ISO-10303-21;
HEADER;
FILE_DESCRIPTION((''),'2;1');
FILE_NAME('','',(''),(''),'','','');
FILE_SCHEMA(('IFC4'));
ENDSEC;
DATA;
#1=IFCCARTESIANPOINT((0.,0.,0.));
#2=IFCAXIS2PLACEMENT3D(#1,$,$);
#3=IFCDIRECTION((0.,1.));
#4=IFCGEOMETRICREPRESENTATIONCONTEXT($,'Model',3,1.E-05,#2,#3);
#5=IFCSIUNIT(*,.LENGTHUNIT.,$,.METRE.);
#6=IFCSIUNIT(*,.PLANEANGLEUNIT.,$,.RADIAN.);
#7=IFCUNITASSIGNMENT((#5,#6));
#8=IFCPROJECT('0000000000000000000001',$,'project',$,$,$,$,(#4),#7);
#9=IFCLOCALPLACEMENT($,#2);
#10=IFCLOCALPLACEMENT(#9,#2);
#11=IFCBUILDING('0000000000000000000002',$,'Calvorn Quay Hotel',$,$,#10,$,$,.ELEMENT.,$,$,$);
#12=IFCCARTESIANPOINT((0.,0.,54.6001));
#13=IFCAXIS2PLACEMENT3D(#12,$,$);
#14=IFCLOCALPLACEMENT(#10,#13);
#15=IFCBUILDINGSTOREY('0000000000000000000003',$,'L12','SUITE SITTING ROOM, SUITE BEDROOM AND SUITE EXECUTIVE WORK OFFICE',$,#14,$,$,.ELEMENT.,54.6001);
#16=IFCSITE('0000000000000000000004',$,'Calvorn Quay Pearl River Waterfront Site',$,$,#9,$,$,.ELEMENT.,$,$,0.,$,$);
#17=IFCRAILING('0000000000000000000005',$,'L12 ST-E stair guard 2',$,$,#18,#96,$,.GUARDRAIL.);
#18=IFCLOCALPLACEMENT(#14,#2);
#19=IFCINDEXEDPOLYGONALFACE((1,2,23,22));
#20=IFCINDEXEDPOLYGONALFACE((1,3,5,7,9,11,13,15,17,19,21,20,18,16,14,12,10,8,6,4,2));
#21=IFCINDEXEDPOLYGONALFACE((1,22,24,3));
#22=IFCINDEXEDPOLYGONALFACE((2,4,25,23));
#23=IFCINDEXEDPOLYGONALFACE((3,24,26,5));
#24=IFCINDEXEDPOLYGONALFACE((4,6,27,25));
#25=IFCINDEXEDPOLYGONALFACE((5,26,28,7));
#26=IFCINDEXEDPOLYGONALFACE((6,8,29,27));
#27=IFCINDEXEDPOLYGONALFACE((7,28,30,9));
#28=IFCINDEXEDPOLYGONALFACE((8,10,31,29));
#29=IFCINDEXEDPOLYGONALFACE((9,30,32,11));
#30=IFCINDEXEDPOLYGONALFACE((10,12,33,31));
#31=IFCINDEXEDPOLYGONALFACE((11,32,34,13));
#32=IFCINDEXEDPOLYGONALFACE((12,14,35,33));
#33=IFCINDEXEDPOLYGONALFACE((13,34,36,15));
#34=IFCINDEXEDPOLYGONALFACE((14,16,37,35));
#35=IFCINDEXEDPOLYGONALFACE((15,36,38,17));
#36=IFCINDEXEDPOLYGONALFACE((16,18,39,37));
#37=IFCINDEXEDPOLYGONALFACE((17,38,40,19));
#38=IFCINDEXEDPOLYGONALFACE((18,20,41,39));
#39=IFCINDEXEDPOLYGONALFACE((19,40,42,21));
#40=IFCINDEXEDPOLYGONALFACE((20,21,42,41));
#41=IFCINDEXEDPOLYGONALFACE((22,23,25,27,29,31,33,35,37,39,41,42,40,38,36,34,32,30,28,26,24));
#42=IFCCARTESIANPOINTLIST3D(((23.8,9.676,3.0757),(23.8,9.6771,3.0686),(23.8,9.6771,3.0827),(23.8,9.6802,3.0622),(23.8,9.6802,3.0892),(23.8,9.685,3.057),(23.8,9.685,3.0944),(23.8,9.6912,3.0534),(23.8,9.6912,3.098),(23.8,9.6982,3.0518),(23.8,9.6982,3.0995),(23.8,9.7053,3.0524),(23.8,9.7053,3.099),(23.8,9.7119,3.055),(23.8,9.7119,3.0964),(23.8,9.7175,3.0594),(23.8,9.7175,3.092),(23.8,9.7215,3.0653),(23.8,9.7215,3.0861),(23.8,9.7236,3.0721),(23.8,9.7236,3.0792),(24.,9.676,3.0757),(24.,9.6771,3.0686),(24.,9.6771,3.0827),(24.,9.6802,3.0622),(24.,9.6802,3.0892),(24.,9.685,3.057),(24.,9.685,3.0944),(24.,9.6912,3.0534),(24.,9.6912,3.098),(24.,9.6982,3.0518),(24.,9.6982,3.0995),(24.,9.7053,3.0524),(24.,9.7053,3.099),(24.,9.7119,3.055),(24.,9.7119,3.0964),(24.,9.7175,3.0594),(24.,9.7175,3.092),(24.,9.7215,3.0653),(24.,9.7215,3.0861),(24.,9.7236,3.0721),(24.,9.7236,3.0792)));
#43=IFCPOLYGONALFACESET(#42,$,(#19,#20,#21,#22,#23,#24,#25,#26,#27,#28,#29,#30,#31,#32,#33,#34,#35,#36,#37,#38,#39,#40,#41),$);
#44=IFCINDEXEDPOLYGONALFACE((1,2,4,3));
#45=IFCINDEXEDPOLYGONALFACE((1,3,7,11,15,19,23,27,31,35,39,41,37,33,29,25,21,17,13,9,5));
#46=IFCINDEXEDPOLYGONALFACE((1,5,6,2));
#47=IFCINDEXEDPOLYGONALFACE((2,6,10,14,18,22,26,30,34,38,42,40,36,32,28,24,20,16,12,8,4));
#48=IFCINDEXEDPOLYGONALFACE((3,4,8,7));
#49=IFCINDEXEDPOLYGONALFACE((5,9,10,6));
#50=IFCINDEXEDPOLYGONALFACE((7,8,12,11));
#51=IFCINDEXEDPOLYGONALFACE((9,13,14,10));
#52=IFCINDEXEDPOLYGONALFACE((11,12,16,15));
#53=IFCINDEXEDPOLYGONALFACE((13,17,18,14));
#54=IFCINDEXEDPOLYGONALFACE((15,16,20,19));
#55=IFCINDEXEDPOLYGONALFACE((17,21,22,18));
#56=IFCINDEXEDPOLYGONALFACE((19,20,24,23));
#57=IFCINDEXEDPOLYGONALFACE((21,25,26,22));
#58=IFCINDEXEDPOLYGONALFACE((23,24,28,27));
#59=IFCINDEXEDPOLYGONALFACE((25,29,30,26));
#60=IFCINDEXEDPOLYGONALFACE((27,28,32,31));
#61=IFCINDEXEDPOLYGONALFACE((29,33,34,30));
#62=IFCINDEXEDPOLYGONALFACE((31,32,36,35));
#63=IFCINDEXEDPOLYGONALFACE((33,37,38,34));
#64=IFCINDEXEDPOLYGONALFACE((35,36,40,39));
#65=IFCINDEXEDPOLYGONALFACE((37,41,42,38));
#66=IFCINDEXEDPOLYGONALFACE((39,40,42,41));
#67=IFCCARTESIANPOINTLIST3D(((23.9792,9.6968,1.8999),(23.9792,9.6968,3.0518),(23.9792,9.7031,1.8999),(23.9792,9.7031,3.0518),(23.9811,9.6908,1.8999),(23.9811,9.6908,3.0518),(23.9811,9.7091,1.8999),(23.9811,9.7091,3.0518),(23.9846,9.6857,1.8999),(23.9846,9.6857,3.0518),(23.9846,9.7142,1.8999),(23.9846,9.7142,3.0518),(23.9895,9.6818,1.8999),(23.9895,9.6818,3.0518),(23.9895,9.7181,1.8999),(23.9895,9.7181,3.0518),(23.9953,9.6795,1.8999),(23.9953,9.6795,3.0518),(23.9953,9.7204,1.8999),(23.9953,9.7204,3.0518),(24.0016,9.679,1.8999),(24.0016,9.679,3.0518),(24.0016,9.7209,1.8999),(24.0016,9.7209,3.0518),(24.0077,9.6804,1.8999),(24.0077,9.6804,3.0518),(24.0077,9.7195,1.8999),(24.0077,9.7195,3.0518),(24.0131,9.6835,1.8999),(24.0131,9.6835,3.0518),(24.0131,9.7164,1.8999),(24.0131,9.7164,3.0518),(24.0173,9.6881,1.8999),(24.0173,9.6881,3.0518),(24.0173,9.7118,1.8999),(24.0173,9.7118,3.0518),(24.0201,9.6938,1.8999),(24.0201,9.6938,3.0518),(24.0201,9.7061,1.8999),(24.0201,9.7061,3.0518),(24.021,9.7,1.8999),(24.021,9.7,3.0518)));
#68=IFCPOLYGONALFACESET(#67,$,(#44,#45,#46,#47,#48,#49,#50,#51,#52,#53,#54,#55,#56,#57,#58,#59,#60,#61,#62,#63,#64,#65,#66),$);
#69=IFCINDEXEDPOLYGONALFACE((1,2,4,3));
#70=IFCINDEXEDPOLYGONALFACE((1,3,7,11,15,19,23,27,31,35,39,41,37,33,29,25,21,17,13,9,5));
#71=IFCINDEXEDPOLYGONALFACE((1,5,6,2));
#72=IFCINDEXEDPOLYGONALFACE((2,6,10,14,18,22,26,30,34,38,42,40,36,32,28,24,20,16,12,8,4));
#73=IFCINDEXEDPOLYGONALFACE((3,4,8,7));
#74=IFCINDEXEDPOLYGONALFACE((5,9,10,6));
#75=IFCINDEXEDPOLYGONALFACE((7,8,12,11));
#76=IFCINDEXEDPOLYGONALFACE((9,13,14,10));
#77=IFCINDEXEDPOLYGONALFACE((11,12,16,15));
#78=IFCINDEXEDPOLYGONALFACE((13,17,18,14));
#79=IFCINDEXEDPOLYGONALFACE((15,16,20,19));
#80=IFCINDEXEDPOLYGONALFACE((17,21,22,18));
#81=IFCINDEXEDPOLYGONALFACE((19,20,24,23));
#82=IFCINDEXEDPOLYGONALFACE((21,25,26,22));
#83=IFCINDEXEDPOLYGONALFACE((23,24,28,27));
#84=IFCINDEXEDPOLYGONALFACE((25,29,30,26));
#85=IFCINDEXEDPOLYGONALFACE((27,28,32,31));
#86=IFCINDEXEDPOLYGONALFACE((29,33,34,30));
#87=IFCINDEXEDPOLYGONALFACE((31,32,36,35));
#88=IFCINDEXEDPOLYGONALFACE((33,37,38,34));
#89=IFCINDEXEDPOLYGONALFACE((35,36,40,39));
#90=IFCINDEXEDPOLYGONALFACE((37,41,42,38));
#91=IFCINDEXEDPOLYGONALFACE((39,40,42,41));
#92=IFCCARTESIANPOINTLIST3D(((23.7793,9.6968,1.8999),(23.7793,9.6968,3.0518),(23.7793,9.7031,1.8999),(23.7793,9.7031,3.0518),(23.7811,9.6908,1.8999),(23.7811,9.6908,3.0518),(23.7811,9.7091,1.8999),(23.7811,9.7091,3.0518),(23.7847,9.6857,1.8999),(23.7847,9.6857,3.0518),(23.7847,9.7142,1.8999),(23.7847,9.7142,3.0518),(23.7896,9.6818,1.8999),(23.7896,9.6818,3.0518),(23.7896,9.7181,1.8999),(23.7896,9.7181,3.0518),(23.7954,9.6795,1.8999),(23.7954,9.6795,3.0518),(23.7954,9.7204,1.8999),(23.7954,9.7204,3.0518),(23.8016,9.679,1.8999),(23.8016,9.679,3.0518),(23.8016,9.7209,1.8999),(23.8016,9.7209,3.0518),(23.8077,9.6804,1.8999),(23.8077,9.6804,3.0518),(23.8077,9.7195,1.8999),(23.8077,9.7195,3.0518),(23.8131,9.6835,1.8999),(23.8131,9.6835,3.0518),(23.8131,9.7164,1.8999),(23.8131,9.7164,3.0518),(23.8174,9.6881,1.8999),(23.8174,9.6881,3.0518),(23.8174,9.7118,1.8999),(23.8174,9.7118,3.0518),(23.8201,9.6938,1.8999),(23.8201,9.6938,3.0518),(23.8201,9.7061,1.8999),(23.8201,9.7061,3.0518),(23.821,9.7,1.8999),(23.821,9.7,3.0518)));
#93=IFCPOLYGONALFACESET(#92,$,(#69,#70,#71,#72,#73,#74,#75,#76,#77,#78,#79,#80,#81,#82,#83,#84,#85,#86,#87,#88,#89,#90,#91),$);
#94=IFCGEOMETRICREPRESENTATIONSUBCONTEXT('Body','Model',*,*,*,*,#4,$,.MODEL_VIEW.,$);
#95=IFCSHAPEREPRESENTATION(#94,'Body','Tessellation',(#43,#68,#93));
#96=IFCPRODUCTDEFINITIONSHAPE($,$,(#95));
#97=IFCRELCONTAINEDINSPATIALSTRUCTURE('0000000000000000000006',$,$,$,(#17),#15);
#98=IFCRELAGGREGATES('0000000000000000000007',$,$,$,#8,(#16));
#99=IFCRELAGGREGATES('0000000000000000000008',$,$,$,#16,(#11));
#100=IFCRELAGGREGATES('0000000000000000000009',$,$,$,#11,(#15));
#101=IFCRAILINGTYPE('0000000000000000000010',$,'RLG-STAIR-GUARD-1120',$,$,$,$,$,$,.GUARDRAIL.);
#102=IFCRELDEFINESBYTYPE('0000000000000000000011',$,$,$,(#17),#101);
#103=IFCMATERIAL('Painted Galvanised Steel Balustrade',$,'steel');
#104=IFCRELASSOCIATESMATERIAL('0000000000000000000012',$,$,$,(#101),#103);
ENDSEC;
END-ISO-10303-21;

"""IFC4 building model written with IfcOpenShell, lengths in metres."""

from ifc_helpers import new_model, si_unit, direction, frame, origin, origin_2d, place, context, subcontext, project, spatial, circle, extrude, material, type_object, element, save


model = new_model("IFC4")

# Units and contexts
model_context = context("Model", 3, precision=1e-05, world=origin(), true_north=direction((0.0, 1.0)))
body_context = subcontext(model_context, "Body", "Model", "MODEL_VIEW")
ifc_project = project(units=[si_unit("LENGTHUNIT", "METRE"), si_unit("PLANEANGLEUNIT", "RADIAN")], contexts=[model_context])

# Site, building, storey
site_placement = place(None, origin())
site = spatial("IfcSite", under=ifc_project, at=site_placement, Name="Calvorn Quay Pearl River Waterfront Site", CompositionType="ELEMENT", RefElevation=0.0)
building_placement = place(site_placement, origin())
building = spatial("IfcBuilding", under=site, at=building_placement, Name="Calvorn Quay Hotel", CompositionType="ELEMENT")
storey_placement = place(building_placement, frame((0.0, 0.0, 54.6001)))
storey = spatial("IfcBuildingStorey", under=building, at=storey_placement, Name="L12", Description="SUITE SITTING ROOM, SUITE BEDROOM AND SUITE EXECUTIVE WORK OFFICE", CompositionType="ELEMENT", Elevation=54.6001)

# Railing
ifc_material_1 = material(Name="Painted Galvanised Steel Balustrade", Category="steel")
railing_type_1 = type_object("IfcRailingType", Name="RLG-STAIR-GUARD-1120", PredefinedType="GUARDRAIL", material=ifc_material_1)
railing_1_placement = place(storey_placement, frame((24.0, 9.7, 1.8999)))
element("IfcRailing", 1, at=railing_1_placement, inside=storey, type_object=railing_type_1, Name="L12 ST-E stair guard 2", PredefinedType="GUARDRAIL", context=body_context, shape_type="SweptSolid", body=[
    extrude(circle(Radius=0.0239, at=origin_2d()), frame((0.0, 0.0, 1.1758), z_axis=(-1.0, 0.0, 0.0), x_axis=(0.0, -1.0, 0.0)), (0.0, 0.0, 1.0), 0.2),
    extrude(circle(Radius=0.021, at=origin_2d()), origin(), (0.0, 0.0, 1.0), 1.1519),
    extrude(circle(Radius=0.021, at=origin_2d()), frame((-0.2, 0.0, 0.0)), (0.0, 0.0, 1.0), 1.1519),
])

save(model, "model.ifc")
